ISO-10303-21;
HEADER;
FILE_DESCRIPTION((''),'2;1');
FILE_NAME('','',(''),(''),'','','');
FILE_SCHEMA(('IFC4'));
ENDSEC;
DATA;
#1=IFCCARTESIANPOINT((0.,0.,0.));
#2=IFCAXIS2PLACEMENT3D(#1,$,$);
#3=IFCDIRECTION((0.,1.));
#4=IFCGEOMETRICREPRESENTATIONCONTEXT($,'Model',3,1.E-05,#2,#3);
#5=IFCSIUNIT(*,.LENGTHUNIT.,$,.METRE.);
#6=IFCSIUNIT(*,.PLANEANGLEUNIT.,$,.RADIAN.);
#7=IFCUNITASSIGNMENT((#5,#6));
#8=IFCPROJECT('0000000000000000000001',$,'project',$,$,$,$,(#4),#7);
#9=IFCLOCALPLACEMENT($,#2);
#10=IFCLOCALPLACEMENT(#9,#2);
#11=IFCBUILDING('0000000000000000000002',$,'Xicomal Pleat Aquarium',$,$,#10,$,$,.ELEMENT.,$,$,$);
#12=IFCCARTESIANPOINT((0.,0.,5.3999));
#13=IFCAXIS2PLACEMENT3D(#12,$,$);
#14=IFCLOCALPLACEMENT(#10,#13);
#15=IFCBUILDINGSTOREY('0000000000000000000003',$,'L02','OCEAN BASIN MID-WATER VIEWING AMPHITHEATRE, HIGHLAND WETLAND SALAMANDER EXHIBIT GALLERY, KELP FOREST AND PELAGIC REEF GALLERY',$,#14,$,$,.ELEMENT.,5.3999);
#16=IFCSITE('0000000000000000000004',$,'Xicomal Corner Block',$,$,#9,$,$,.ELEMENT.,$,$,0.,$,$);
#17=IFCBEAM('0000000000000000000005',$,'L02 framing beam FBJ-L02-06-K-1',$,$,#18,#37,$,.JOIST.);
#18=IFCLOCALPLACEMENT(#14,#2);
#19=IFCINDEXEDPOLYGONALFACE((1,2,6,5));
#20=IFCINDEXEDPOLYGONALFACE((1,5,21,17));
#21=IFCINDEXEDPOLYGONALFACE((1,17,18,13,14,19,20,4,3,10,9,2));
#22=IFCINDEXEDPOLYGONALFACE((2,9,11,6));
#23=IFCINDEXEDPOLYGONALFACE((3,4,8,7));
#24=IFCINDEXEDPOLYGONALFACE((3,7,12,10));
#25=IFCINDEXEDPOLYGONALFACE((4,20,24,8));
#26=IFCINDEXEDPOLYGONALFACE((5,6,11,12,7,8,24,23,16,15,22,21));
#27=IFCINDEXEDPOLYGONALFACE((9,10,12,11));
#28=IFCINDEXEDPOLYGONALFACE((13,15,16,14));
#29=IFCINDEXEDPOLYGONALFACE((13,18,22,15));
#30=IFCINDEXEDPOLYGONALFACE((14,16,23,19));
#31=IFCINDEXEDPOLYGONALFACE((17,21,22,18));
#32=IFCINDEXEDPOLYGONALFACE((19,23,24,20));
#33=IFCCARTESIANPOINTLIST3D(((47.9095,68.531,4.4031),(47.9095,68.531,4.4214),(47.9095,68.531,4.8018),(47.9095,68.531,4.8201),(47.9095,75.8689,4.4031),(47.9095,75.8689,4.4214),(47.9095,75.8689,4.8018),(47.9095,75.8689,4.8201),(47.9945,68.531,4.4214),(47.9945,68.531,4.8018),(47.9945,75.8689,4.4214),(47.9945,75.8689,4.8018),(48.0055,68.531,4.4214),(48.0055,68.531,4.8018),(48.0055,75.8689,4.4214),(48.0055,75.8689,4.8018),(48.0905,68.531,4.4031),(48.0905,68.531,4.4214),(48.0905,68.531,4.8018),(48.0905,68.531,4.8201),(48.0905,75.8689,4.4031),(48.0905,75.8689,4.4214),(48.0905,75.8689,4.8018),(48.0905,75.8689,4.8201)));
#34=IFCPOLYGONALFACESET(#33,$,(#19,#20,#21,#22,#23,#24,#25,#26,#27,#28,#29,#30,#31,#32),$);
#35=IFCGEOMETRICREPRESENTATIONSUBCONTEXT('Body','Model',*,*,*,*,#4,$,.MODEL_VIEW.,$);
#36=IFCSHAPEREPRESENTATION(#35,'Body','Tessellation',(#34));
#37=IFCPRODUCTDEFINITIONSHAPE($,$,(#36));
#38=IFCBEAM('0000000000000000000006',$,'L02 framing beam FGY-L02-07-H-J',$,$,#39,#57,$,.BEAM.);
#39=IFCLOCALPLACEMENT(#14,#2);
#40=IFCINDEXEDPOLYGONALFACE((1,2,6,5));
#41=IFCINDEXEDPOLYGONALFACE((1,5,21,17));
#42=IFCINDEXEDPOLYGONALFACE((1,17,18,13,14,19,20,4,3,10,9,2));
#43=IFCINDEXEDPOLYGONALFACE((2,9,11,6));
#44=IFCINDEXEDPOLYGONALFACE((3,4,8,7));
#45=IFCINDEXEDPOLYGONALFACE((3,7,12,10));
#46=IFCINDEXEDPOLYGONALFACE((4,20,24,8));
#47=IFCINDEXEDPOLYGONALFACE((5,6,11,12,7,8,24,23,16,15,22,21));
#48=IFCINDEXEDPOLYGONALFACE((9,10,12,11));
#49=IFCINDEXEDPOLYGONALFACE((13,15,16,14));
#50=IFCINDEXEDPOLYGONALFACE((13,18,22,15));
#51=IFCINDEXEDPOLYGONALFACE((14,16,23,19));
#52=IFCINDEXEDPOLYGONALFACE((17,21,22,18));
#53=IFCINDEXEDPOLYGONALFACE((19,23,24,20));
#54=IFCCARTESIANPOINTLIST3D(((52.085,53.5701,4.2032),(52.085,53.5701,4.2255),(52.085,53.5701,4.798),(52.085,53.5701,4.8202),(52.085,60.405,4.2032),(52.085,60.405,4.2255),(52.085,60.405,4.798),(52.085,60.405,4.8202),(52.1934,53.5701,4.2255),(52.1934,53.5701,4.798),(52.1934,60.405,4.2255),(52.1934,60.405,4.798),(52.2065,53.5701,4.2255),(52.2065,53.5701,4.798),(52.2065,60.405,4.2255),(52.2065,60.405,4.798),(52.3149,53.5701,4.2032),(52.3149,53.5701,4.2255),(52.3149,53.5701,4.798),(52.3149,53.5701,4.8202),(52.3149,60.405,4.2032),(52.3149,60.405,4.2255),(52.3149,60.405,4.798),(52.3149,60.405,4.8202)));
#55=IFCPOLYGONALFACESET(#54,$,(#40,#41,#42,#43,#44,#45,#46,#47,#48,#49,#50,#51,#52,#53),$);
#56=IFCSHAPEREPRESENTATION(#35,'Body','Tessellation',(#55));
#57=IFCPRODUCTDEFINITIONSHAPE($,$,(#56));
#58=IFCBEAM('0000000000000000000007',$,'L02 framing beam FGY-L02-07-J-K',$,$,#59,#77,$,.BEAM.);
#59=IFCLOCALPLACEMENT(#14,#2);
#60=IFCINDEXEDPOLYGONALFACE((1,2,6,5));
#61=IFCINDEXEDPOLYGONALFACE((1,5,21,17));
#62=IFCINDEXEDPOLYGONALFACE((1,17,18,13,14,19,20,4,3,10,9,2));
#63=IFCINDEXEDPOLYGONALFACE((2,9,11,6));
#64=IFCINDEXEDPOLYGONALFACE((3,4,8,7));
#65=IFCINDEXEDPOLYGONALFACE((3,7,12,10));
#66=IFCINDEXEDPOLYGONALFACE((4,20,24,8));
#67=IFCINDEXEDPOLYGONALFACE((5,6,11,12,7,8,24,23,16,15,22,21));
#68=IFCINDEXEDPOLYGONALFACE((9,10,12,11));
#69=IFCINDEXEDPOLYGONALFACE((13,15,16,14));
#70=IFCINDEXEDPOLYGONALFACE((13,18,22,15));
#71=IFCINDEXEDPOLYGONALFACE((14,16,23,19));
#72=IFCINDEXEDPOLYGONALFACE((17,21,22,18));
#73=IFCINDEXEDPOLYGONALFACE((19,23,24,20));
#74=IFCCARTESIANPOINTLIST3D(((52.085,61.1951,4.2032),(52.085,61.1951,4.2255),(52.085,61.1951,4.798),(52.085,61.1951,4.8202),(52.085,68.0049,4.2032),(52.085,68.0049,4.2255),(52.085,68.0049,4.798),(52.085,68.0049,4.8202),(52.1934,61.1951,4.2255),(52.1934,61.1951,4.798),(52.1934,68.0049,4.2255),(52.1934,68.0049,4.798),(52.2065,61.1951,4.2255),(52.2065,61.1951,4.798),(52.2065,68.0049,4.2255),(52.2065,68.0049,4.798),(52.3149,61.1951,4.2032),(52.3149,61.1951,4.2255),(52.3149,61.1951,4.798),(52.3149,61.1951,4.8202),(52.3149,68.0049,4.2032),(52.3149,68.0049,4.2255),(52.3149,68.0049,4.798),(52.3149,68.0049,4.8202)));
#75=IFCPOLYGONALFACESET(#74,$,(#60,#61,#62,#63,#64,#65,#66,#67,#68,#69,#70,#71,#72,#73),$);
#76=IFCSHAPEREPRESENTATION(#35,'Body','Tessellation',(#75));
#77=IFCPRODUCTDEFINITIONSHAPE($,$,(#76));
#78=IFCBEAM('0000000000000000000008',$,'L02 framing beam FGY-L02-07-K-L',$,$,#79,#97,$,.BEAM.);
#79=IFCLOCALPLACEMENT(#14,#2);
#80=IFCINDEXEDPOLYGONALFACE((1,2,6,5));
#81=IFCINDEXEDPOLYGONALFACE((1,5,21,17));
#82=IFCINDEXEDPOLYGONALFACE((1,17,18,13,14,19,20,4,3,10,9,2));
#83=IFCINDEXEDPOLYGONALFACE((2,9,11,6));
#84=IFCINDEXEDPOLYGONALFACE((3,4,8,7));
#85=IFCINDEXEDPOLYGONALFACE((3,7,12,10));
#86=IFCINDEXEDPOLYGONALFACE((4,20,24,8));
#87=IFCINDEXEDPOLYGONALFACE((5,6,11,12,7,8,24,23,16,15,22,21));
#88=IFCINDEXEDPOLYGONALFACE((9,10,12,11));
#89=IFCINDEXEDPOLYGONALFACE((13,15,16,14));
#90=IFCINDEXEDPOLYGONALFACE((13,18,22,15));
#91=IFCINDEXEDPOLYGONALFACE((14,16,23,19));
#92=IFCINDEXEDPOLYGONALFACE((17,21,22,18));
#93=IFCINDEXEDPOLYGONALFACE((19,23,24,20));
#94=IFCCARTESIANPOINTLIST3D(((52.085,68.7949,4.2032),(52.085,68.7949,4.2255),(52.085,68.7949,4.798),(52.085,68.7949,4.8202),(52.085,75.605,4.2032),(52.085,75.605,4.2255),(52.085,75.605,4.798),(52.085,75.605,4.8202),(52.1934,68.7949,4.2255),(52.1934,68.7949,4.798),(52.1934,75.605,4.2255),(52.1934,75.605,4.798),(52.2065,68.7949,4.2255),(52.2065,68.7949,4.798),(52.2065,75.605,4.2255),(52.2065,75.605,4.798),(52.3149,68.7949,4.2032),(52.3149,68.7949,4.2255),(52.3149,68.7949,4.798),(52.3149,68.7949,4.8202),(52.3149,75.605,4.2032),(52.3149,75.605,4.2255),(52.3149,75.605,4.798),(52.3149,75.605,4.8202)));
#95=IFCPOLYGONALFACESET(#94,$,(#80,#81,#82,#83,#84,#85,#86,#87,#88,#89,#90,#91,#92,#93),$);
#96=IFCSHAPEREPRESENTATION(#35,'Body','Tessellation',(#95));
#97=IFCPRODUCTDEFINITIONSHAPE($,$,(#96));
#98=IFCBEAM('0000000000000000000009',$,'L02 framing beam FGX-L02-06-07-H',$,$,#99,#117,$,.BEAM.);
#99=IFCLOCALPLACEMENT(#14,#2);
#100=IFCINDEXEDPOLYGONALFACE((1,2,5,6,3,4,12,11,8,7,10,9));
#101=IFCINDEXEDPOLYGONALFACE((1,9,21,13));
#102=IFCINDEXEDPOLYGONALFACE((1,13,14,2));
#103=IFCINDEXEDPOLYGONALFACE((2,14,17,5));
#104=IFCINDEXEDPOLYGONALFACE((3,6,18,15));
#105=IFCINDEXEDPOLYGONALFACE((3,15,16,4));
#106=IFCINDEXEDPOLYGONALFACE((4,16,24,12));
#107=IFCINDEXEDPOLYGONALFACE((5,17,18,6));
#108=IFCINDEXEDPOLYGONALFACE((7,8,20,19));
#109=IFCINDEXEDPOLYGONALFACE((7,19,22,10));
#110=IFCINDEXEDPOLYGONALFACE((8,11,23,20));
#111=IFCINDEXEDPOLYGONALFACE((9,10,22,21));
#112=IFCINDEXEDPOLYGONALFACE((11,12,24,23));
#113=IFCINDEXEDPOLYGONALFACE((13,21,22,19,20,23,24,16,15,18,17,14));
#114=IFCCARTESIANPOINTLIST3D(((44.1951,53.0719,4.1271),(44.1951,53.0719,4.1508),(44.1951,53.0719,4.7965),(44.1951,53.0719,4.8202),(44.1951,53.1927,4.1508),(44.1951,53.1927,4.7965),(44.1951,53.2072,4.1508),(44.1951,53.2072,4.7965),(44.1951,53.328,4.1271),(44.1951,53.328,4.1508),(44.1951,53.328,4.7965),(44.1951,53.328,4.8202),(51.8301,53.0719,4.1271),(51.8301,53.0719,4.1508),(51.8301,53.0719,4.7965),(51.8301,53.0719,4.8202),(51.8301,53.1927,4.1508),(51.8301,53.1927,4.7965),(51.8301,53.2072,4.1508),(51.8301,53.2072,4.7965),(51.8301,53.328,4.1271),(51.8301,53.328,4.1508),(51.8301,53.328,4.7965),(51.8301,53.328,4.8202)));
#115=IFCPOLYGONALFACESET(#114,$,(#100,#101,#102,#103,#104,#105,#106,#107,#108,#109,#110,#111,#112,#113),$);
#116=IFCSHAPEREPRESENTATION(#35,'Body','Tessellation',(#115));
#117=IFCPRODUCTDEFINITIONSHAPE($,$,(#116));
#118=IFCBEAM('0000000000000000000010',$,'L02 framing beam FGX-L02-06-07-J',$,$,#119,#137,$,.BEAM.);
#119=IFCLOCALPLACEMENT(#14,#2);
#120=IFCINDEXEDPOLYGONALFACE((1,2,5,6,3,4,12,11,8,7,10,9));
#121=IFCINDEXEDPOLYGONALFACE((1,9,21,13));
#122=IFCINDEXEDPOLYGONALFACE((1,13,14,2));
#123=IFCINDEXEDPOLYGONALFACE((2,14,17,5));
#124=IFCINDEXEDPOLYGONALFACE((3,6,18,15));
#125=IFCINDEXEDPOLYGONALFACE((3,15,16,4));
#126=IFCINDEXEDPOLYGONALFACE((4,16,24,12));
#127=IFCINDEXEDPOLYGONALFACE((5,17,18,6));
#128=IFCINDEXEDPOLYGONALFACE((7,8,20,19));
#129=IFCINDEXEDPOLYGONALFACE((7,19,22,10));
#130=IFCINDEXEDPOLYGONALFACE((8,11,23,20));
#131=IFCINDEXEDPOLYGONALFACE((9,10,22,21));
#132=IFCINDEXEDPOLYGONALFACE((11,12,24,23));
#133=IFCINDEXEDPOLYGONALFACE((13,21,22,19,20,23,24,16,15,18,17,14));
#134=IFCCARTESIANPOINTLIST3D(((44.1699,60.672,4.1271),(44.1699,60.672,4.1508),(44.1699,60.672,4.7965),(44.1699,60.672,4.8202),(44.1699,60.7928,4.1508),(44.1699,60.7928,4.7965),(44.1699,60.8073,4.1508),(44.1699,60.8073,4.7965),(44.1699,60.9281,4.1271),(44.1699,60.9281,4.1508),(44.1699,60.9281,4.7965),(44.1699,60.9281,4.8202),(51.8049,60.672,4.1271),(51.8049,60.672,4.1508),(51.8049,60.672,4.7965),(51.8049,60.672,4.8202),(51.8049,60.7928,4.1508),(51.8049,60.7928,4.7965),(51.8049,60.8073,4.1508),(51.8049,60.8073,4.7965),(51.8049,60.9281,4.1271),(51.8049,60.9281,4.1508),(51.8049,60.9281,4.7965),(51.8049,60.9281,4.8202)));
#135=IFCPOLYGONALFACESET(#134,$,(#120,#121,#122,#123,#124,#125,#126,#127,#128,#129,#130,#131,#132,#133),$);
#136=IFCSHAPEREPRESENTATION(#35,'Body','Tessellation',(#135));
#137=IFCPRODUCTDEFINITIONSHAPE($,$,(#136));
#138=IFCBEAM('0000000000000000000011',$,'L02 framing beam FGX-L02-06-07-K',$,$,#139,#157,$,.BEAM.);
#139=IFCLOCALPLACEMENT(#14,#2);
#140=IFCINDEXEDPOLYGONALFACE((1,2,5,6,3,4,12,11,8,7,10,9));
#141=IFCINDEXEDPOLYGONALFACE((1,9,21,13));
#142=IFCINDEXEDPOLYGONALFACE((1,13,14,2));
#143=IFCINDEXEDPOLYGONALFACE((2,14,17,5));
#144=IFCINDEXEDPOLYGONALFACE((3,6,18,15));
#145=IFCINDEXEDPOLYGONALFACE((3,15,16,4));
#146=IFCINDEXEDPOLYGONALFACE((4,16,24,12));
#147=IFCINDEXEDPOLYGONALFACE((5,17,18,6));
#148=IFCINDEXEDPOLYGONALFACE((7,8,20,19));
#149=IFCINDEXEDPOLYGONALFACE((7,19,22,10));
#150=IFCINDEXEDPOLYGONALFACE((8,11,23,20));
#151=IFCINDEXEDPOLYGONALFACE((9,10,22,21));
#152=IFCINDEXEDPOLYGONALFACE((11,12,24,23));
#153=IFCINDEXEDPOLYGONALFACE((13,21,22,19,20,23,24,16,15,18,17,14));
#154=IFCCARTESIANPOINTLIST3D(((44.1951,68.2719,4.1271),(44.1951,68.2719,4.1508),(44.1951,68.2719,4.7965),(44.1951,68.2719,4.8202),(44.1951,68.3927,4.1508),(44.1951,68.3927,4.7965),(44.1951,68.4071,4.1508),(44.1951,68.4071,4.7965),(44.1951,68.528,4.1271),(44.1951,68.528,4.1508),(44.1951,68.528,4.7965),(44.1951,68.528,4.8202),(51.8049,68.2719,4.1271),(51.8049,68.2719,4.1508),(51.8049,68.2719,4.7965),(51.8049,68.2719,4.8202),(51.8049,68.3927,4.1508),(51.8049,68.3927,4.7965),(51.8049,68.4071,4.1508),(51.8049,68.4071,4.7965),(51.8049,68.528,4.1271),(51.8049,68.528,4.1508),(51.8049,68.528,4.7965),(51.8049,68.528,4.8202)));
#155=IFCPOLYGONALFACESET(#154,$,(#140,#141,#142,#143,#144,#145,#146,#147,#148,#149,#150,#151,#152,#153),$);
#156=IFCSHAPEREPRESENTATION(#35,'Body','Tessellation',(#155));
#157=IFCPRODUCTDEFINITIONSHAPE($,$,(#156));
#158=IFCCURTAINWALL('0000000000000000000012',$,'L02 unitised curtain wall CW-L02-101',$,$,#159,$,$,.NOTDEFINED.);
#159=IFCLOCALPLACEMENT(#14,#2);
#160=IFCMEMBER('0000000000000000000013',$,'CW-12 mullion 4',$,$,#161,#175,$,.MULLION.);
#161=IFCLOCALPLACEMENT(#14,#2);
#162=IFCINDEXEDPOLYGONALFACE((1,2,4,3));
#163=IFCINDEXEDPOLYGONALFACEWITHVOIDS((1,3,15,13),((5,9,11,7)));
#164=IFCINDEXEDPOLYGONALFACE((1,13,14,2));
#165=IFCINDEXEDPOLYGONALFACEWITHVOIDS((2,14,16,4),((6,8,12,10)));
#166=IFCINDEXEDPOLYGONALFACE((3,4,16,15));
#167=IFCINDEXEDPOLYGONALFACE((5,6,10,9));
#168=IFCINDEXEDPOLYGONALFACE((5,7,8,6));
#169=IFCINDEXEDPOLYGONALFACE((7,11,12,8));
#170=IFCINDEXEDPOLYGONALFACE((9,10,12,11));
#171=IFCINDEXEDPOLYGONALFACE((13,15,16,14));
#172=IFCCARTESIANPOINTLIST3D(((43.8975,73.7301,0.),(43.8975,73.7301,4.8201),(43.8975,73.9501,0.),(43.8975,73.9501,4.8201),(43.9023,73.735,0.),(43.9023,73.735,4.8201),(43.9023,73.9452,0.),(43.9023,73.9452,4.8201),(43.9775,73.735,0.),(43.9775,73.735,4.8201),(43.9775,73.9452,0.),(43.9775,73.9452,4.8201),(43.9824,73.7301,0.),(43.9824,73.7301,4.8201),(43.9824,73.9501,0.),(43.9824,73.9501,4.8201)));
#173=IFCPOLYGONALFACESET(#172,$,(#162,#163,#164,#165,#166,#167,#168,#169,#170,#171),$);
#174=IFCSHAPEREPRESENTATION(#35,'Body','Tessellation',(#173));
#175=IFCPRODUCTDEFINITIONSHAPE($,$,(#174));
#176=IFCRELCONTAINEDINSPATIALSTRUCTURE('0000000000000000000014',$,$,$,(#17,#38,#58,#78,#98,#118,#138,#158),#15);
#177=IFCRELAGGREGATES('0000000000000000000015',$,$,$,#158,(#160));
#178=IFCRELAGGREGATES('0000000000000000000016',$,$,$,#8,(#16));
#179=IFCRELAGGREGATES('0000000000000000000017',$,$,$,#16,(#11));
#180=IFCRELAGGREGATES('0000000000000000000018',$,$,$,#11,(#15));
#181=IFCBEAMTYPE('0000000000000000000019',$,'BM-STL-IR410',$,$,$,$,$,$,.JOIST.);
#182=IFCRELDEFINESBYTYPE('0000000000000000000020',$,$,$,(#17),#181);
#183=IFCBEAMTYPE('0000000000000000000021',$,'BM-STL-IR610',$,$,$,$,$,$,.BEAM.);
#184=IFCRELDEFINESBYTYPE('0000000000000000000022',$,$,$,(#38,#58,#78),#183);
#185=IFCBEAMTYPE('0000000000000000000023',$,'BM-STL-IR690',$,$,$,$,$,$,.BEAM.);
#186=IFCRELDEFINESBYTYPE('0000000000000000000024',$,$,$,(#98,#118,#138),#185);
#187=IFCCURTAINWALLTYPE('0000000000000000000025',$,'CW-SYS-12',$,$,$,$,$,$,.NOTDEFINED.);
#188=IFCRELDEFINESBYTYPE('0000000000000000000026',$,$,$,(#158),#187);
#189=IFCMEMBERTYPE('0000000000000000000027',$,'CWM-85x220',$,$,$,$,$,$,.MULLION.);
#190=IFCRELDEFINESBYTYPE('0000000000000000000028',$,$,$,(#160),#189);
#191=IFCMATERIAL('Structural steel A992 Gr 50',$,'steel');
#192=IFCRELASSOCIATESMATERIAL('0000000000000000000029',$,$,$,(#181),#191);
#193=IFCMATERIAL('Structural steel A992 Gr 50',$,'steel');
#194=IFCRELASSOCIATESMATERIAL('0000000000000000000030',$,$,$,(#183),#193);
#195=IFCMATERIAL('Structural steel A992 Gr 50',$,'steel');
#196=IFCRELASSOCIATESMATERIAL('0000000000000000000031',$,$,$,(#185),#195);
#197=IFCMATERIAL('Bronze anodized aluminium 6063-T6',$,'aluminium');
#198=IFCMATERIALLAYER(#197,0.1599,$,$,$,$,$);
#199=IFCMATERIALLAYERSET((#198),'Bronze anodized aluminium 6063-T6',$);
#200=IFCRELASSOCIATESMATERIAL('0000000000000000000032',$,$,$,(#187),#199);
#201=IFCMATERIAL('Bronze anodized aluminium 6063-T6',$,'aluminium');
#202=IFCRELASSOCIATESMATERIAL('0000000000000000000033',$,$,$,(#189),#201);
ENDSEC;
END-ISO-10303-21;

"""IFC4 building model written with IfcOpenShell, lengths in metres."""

from ifc_helpers import new_model, si_unit, direction, frame, origin, origin_2d, place, context, subcontext, project, spatial, hollow_rectangle, i_section, extrude, material, layer, layer_set, material_profile, profile_set, type_object, element, aggregate, save


model = new_model("IFC4")

# Units and contexts
model_context = context("Model", 3, precision=1e-05, world=origin(), true_north=direction((0.0, 1.0)))
body_context = subcontext(model_context, "Body", "Model", "MODEL_VIEW")
ifc_project = project(units=[si_unit("LENGTHUNIT", "METRE"), si_unit("PLANEANGLEUNIT", "RADIAN")], contexts=[model_context])

# Site, building, storey
site_placement = place(None, origin())
site = spatial("IfcSite", under=ifc_project, at=site_placement, Name="Xicomal Corner Block", CompositionType="ELEMENT", RefElevation=0.0)
building_placement = place(site_placement, origin())
building = spatial("IfcBuilding", under=site, at=building_placement, Name="Xicomal Pleat Aquarium", CompositionType="ELEMENT")
storey_placement = place(building_placement, frame((0.0, 0.0, 5.3999)))
storey = spatial("IfcBuildingStorey", under=building, at=storey_placement, Name="L02", Description="OCEAN BASIN MID-WATER VIEWING AMPHITHEATRE, HIGHLAND WETLAND SALAMANDER EXHIBIT GALLERY, KELP FOREST AND PELAGIC REEF GALLERY", CompositionType="ELEMENT", Elevation=5.3999)

# Beams
ifc_material_1 = material(Name="Structural steel A992 Gr 50", Category="steel")
ifc_material_profile_1 = material_profile(ifc_material_1, i_section(OverallWidth=0.1809, OverallDepth=0.417, WebThickness=0.011, FlangeThickness=0.0183, at=origin_2d()), Name="IR 410x85")
ifc_profile_set_1 = profile_set([ifc_material_profile_1], Name="Structural steel A992 Gr 50")
beam_type_1 = type_object("IfcBeamType", Name="BM-STL-IR410", PredefinedType="JOIST", material=ifc_profile_set_1)
beam_1_placement = place(storey_placement, frame((48.0, 68.531, 4.6116), z_axis=(0.0, 1.0, 0.0), x_axis=(-1.0, 0.0, 0.0)))
element("IfcBeam", 1, at=beam_1_placement, inside=storey, type_object=beam_type_1, Name="L02 framing beam FBJ-L02-06-K-1", PredefinedType="JOIST", context=body_context, shape_type="SweptSolid", body=[
    extrude(i_section(OverallWidth=0.1809, OverallDepth=0.417, WebThickness=0.011, FlangeThickness=0.0183, at=origin_2d()), origin(), (0.0, 0.0, 1.0), 7.3379),
])
ifc_material_2 = material(Name="Structural steel A992 Gr 50", Category="steel")
ifc_material_profile_2 = material_profile(ifc_material_2, i_section(OverallWidth=0.23, OverallDepth=0.6169, WebThickness=0.0132, FlangeThickness=0.0222, at=origin_2d()), Name="IR 610x140")
ifc_profile_set_2 = profile_set([ifc_material_profile_2], Name="Structural steel A992 Gr 50")
beam_type_2 = type_object("IfcBeamType", Name="BM-STL-IR610", PredefinedType="BEAM", material=ifc_profile_set_2)
beam_2_placement = place(storey_placement, frame((52.2, 53.5701, 4.5117), z_axis=(0.0, 1.0, 0.0), x_axis=(-1.0, 0.0, 0.0)))
element("IfcBeam", 2, at=beam_2_placement, inside=storey, type_object=beam_type_2, Name="L02 framing beam FGY-L02-07-H-J", PredefinedType="BEAM", context=body_context, shape_type="SweptSolid", body=[
    extrude(i_section(OverallWidth=0.23, OverallDepth=0.6169, WebThickness=0.0132, FlangeThickness=0.0222, at=origin_2d()), origin(), (0.0, 0.0, 1.0), 6.835),
])
beam_3_placement = place(storey_placement, frame((52.2, 61.1951, 4.5117), z_axis=(0.0, 1.0, 0.0), x_axis=(-1.0, 0.0, 0.0)))
element("IfcBeam", 3, at=beam_3_placement, inside=storey, type_object=beam_type_2, Name="L02 framing beam FGY-L02-07-J-K", PredefinedType="BEAM", context=body_context, shape_type="SweptSolid", body=[
    extrude(i_section(OverallWidth=0.23, OverallDepth=0.6169, WebThickness=0.0132, FlangeThickness=0.0222, at=origin_2d()), origin(), (0.0, 0.0, 1.0), 6.8098),
])
beam_4_placement = place(storey_placement, frame((52.2, 68.7949, 4.5117), z_axis=(0.0, 1.0, 0.0), x_axis=(-1.0, 0.0, 0.0)))
element("IfcBeam", 4, at=beam_4_placement, inside=storey, type_object=beam_type_2, Name="L02 framing beam FGY-L02-07-K-L", PredefinedType="BEAM", context=body_context, shape_type="SweptSolid", body=[
    extrude(i_section(OverallWidth=0.23, OverallDepth=0.6169, WebThickness=0.0132, FlangeThickness=0.0222, at=origin_2d()), origin(), (0.0, 0.0, 1.0), 6.8101),
])
ifc_material_3 = material(Name="Structural steel A992 Gr 50", Category="steel")
ifc_material_profile_3 = material_profile(ifc_material_3, i_section(OverallWidth=0.2561, OverallDepth=0.6931, WebThickness=0.0144, FlangeThickness=0.0237, at=origin_2d()), Name="IR 690x170")
ifc_profile_set_3 = profile_set([ifc_material_profile_3], Name="Structural steel A992 Gr 50")
beam_type_3 = type_object("IfcBeamType", Name="BM-STL-IR690", PredefinedType="BEAM", material=ifc_profile_set_3)
for number, where, z_axis, x_axis, name in (
    (5, (44.1951, 53.2, 4.4736), (1.0, 0.0, 0.0), (0.0, 1.0, 0.0), "L02 framing beam FGX-L02-06-07-H"),
    (6, (44.1699, 60.8, 4.4736), (1.0, 0.0, 0.0), (0.0, 1.0, 0.0), "L02 framing beam FGX-L02-06-07-J"),
):
    element("IfcBeam", number, at=place(storey_placement, frame(where, z_axis=z_axis, x_axis=x_axis)), inside=storey, type_object=beam_type_3, Name=name, PredefinedType="BEAM", context=body_context, shape_type="SweptSolid", body=[
        extrude(i_section(OverallWidth=0.2561, OverallDepth=0.6931, WebThickness=0.0144, FlangeThickness=0.0237, at=origin_2d()), origin(), (0.0, 0.0, 1.0), 7.635),
    ])
beam_5_placement = place(storey_placement, frame((44.1951, 68.3999, 4.4736), z_axis=(1.0, 0.0, 0.0), x_axis=(0.0, 1.0, 0.0)))
element("IfcBeam", 7, at=beam_5_placement, inside=storey, type_object=beam_type_3, Name="L02 framing beam FGX-L02-06-07-K", PredefinedType="BEAM", context=body_context, shape_type="SweptSolid", body=[
    extrude(i_section(OverallWidth=0.2561, OverallDepth=0.6931, WebThickness=0.0144, FlangeThickness=0.0237, at=origin_2d()), origin(), (0.0, 0.0, 1.0), 7.6099),
])

# Curtain wall, member
ifc_material_4 = material(Name="Bronze anodized aluminium 6063-T6", Category="aluminium")
ifc_layer_1 = layer(ifc_material_4, 0.1599)
ifc_layer_set_1 = layer_set([ifc_layer_1], Name="Bronze anodized aluminium 6063-T6")
curtain_wall_type = type_object("IfcCurtainWallType", Name="CW-SYS-12", PredefinedType="NOTDEFINED", material=ifc_layer_set_1)
curtain_wall_placement = place(storey_placement, origin())
curtain_wall = element("IfcCurtainWall", 8, at=curtain_wall_placement, inside=storey, type_object=curtain_wall_type, Name="L02 unitised curtain wall CW-L02-101", PredefinedType="NOTDEFINED")
ifc_material_5 = material(Name="Bronze anodized aluminium 6063-T6", Category="aluminium")
ifc_material_profile_4 = material_profile(ifc_material_5, hollow_rectangle(XDim=0.085, YDim=0.22, WallThickness=0.0049, at=origin_2d()), Name="ALU MULL 85x220")
ifc_profile_set_4 = profile_set([ifc_material_profile_4], Name="Bronze anodized aluminium 6063-T6")
member_type_1 = type_object("IfcMemberType", Name="CWM-85x220", PredefinedType="MULLION", material=ifc_profile_set_4)
member_1_placement = place(storey_placement, frame((43.9399, 73.8401, 0.0), z_axis=(0.0, 0.0, 1.0), x_axis=(-1.0, 0.0, 0.0)))
member_1 = element("IfcMember", 9, at=member_1_placement, type_object=member_type_1, Name="CW-12 mullion 4", PredefinedType="MULLION", context=body_context, shape_type="SweptSolid", body=[
    extrude(hollow_rectangle(XDim=0.085, YDim=0.22, WallThickness=0.0049, at=origin_2d()), origin(), (0.0, 0.0, 1.0), 4.8201),
])
aggregate(curtain_wall, [member_1])

save(model, "model.ifc")
